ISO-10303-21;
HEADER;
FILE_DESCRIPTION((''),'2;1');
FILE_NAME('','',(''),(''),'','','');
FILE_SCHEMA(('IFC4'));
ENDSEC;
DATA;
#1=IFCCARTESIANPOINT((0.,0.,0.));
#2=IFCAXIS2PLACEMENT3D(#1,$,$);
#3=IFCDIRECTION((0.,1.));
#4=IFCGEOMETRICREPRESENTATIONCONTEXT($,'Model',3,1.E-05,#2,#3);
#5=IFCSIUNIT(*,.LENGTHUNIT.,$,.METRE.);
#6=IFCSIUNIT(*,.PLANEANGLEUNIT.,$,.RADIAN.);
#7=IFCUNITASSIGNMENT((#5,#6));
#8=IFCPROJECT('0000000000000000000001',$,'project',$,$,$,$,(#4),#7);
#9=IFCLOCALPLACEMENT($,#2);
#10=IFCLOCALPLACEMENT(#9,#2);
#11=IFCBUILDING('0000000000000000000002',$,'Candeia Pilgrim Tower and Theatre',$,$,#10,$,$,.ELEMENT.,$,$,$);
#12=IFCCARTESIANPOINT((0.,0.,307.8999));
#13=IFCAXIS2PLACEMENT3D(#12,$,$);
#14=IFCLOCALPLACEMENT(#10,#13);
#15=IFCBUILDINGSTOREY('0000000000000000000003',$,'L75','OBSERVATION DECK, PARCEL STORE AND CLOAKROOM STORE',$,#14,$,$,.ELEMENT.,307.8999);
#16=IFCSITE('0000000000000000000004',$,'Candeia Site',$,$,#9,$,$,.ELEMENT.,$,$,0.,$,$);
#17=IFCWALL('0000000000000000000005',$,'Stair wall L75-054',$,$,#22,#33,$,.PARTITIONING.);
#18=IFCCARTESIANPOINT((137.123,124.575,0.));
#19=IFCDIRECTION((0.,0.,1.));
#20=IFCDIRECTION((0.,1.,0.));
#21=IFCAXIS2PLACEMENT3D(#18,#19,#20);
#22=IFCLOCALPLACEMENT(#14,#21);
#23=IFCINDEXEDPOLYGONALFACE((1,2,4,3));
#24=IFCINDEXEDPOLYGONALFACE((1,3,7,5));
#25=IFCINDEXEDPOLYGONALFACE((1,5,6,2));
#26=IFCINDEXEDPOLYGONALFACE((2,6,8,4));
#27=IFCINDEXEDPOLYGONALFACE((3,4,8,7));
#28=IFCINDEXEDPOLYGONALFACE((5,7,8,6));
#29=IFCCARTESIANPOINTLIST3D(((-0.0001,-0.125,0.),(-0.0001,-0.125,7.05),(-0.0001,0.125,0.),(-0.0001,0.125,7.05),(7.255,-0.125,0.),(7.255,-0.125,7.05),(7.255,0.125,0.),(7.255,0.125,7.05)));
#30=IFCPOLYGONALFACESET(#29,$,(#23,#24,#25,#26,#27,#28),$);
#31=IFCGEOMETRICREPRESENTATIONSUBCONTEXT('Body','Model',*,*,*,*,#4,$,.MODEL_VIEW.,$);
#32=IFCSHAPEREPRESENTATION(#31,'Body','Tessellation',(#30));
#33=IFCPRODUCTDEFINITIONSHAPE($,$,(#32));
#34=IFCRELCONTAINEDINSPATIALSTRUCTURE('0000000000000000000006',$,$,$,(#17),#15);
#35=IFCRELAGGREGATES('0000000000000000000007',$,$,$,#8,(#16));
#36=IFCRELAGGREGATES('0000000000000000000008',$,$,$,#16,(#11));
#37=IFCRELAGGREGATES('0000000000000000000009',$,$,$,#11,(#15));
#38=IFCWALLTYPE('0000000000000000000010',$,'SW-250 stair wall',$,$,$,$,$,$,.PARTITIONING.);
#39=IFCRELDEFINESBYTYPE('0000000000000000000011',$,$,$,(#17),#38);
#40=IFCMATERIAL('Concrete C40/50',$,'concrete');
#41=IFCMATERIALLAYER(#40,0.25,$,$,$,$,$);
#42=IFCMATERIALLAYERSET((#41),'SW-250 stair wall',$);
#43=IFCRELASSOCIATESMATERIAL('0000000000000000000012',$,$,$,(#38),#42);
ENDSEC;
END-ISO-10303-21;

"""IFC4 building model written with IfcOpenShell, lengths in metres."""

from ifc_helpers import new_model, si_unit, direction, frame, frame_2d, origin, place, context, subcontext, project, spatial, rectangle, extrude, material, layer, layer_set, type_object, element, save


model = new_model("IFC4")

# Units and contexts
model_context = context("Model", 3, precision=1e-05, world=origin(), true_north=direction((0.0, 1.0)))
body_context = subcontext(model_context, "Body", "Model", "MODEL_VIEW")
ifc_project = project(units=[si_unit("LENGTHUNIT", "METRE"), si_unit("PLANEANGLEUNIT", "RADIAN")], contexts=[model_context])

# Site, building, storey
site_placement = place(None, origin())
site = spatial("IfcSite", under=ifc_project, at=site_placement, Name="Candeia Site", CompositionType="ELEMENT", RefElevation=0.0)
building_placement = place(site_placement, origin())
building = spatial("IfcBuilding", under=site, at=building_placement, Name="Candeia Pilgrim Tower and Theatre", CompositionType="ELEMENT")
storey_placement = place(building_placement, frame((0.0, 0.0, 307.8999)))
storey = spatial("IfcBuildingStorey", under=building, at=storey_placement, Name="L75", Description="OBSERVATION DECK, PARCEL STORE AND CLOAKROOM STORE", CompositionType="ELEMENT", Elevation=307.8999)

# Shared definitions
ifc_material_1 = material(Name="Concrete C40/50", Category="concrete")
ifc_layer_1 = layer(ifc_material_1, 0.25)
ifc_layer_set_1 = layer_set([ifc_layer_1], Name="SW-250 stair wall")
wall_type_1 = type_object("IfcWallType", Name="SW-250 stair wall", PredefinedType="PARTITIONING", material=ifc_layer_set_1)

# Wall
wall_1_placement = place(storey_placement, frame((137.123, 124.575, 0.0), z_axis=(0.0, 0.0, 1.0), x_axis=(0.0, 1.0, 0.0)))
element("IfcWall", 1, at=wall_1_placement, inside=storey, type_object=wall_type_1, Name="Stair wall L75-054", PredefinedType="PARTITIONING", context=body_context, shape_type="SweptSolid", body=[
    extrude(rectangle(XDim=7.2551, YDim=0.25, at=frame_2d((3.6274, 0.0))), origin(), (0.0, 0.0, 1.0), 7.05),
])

save(model, "model.ifc")
